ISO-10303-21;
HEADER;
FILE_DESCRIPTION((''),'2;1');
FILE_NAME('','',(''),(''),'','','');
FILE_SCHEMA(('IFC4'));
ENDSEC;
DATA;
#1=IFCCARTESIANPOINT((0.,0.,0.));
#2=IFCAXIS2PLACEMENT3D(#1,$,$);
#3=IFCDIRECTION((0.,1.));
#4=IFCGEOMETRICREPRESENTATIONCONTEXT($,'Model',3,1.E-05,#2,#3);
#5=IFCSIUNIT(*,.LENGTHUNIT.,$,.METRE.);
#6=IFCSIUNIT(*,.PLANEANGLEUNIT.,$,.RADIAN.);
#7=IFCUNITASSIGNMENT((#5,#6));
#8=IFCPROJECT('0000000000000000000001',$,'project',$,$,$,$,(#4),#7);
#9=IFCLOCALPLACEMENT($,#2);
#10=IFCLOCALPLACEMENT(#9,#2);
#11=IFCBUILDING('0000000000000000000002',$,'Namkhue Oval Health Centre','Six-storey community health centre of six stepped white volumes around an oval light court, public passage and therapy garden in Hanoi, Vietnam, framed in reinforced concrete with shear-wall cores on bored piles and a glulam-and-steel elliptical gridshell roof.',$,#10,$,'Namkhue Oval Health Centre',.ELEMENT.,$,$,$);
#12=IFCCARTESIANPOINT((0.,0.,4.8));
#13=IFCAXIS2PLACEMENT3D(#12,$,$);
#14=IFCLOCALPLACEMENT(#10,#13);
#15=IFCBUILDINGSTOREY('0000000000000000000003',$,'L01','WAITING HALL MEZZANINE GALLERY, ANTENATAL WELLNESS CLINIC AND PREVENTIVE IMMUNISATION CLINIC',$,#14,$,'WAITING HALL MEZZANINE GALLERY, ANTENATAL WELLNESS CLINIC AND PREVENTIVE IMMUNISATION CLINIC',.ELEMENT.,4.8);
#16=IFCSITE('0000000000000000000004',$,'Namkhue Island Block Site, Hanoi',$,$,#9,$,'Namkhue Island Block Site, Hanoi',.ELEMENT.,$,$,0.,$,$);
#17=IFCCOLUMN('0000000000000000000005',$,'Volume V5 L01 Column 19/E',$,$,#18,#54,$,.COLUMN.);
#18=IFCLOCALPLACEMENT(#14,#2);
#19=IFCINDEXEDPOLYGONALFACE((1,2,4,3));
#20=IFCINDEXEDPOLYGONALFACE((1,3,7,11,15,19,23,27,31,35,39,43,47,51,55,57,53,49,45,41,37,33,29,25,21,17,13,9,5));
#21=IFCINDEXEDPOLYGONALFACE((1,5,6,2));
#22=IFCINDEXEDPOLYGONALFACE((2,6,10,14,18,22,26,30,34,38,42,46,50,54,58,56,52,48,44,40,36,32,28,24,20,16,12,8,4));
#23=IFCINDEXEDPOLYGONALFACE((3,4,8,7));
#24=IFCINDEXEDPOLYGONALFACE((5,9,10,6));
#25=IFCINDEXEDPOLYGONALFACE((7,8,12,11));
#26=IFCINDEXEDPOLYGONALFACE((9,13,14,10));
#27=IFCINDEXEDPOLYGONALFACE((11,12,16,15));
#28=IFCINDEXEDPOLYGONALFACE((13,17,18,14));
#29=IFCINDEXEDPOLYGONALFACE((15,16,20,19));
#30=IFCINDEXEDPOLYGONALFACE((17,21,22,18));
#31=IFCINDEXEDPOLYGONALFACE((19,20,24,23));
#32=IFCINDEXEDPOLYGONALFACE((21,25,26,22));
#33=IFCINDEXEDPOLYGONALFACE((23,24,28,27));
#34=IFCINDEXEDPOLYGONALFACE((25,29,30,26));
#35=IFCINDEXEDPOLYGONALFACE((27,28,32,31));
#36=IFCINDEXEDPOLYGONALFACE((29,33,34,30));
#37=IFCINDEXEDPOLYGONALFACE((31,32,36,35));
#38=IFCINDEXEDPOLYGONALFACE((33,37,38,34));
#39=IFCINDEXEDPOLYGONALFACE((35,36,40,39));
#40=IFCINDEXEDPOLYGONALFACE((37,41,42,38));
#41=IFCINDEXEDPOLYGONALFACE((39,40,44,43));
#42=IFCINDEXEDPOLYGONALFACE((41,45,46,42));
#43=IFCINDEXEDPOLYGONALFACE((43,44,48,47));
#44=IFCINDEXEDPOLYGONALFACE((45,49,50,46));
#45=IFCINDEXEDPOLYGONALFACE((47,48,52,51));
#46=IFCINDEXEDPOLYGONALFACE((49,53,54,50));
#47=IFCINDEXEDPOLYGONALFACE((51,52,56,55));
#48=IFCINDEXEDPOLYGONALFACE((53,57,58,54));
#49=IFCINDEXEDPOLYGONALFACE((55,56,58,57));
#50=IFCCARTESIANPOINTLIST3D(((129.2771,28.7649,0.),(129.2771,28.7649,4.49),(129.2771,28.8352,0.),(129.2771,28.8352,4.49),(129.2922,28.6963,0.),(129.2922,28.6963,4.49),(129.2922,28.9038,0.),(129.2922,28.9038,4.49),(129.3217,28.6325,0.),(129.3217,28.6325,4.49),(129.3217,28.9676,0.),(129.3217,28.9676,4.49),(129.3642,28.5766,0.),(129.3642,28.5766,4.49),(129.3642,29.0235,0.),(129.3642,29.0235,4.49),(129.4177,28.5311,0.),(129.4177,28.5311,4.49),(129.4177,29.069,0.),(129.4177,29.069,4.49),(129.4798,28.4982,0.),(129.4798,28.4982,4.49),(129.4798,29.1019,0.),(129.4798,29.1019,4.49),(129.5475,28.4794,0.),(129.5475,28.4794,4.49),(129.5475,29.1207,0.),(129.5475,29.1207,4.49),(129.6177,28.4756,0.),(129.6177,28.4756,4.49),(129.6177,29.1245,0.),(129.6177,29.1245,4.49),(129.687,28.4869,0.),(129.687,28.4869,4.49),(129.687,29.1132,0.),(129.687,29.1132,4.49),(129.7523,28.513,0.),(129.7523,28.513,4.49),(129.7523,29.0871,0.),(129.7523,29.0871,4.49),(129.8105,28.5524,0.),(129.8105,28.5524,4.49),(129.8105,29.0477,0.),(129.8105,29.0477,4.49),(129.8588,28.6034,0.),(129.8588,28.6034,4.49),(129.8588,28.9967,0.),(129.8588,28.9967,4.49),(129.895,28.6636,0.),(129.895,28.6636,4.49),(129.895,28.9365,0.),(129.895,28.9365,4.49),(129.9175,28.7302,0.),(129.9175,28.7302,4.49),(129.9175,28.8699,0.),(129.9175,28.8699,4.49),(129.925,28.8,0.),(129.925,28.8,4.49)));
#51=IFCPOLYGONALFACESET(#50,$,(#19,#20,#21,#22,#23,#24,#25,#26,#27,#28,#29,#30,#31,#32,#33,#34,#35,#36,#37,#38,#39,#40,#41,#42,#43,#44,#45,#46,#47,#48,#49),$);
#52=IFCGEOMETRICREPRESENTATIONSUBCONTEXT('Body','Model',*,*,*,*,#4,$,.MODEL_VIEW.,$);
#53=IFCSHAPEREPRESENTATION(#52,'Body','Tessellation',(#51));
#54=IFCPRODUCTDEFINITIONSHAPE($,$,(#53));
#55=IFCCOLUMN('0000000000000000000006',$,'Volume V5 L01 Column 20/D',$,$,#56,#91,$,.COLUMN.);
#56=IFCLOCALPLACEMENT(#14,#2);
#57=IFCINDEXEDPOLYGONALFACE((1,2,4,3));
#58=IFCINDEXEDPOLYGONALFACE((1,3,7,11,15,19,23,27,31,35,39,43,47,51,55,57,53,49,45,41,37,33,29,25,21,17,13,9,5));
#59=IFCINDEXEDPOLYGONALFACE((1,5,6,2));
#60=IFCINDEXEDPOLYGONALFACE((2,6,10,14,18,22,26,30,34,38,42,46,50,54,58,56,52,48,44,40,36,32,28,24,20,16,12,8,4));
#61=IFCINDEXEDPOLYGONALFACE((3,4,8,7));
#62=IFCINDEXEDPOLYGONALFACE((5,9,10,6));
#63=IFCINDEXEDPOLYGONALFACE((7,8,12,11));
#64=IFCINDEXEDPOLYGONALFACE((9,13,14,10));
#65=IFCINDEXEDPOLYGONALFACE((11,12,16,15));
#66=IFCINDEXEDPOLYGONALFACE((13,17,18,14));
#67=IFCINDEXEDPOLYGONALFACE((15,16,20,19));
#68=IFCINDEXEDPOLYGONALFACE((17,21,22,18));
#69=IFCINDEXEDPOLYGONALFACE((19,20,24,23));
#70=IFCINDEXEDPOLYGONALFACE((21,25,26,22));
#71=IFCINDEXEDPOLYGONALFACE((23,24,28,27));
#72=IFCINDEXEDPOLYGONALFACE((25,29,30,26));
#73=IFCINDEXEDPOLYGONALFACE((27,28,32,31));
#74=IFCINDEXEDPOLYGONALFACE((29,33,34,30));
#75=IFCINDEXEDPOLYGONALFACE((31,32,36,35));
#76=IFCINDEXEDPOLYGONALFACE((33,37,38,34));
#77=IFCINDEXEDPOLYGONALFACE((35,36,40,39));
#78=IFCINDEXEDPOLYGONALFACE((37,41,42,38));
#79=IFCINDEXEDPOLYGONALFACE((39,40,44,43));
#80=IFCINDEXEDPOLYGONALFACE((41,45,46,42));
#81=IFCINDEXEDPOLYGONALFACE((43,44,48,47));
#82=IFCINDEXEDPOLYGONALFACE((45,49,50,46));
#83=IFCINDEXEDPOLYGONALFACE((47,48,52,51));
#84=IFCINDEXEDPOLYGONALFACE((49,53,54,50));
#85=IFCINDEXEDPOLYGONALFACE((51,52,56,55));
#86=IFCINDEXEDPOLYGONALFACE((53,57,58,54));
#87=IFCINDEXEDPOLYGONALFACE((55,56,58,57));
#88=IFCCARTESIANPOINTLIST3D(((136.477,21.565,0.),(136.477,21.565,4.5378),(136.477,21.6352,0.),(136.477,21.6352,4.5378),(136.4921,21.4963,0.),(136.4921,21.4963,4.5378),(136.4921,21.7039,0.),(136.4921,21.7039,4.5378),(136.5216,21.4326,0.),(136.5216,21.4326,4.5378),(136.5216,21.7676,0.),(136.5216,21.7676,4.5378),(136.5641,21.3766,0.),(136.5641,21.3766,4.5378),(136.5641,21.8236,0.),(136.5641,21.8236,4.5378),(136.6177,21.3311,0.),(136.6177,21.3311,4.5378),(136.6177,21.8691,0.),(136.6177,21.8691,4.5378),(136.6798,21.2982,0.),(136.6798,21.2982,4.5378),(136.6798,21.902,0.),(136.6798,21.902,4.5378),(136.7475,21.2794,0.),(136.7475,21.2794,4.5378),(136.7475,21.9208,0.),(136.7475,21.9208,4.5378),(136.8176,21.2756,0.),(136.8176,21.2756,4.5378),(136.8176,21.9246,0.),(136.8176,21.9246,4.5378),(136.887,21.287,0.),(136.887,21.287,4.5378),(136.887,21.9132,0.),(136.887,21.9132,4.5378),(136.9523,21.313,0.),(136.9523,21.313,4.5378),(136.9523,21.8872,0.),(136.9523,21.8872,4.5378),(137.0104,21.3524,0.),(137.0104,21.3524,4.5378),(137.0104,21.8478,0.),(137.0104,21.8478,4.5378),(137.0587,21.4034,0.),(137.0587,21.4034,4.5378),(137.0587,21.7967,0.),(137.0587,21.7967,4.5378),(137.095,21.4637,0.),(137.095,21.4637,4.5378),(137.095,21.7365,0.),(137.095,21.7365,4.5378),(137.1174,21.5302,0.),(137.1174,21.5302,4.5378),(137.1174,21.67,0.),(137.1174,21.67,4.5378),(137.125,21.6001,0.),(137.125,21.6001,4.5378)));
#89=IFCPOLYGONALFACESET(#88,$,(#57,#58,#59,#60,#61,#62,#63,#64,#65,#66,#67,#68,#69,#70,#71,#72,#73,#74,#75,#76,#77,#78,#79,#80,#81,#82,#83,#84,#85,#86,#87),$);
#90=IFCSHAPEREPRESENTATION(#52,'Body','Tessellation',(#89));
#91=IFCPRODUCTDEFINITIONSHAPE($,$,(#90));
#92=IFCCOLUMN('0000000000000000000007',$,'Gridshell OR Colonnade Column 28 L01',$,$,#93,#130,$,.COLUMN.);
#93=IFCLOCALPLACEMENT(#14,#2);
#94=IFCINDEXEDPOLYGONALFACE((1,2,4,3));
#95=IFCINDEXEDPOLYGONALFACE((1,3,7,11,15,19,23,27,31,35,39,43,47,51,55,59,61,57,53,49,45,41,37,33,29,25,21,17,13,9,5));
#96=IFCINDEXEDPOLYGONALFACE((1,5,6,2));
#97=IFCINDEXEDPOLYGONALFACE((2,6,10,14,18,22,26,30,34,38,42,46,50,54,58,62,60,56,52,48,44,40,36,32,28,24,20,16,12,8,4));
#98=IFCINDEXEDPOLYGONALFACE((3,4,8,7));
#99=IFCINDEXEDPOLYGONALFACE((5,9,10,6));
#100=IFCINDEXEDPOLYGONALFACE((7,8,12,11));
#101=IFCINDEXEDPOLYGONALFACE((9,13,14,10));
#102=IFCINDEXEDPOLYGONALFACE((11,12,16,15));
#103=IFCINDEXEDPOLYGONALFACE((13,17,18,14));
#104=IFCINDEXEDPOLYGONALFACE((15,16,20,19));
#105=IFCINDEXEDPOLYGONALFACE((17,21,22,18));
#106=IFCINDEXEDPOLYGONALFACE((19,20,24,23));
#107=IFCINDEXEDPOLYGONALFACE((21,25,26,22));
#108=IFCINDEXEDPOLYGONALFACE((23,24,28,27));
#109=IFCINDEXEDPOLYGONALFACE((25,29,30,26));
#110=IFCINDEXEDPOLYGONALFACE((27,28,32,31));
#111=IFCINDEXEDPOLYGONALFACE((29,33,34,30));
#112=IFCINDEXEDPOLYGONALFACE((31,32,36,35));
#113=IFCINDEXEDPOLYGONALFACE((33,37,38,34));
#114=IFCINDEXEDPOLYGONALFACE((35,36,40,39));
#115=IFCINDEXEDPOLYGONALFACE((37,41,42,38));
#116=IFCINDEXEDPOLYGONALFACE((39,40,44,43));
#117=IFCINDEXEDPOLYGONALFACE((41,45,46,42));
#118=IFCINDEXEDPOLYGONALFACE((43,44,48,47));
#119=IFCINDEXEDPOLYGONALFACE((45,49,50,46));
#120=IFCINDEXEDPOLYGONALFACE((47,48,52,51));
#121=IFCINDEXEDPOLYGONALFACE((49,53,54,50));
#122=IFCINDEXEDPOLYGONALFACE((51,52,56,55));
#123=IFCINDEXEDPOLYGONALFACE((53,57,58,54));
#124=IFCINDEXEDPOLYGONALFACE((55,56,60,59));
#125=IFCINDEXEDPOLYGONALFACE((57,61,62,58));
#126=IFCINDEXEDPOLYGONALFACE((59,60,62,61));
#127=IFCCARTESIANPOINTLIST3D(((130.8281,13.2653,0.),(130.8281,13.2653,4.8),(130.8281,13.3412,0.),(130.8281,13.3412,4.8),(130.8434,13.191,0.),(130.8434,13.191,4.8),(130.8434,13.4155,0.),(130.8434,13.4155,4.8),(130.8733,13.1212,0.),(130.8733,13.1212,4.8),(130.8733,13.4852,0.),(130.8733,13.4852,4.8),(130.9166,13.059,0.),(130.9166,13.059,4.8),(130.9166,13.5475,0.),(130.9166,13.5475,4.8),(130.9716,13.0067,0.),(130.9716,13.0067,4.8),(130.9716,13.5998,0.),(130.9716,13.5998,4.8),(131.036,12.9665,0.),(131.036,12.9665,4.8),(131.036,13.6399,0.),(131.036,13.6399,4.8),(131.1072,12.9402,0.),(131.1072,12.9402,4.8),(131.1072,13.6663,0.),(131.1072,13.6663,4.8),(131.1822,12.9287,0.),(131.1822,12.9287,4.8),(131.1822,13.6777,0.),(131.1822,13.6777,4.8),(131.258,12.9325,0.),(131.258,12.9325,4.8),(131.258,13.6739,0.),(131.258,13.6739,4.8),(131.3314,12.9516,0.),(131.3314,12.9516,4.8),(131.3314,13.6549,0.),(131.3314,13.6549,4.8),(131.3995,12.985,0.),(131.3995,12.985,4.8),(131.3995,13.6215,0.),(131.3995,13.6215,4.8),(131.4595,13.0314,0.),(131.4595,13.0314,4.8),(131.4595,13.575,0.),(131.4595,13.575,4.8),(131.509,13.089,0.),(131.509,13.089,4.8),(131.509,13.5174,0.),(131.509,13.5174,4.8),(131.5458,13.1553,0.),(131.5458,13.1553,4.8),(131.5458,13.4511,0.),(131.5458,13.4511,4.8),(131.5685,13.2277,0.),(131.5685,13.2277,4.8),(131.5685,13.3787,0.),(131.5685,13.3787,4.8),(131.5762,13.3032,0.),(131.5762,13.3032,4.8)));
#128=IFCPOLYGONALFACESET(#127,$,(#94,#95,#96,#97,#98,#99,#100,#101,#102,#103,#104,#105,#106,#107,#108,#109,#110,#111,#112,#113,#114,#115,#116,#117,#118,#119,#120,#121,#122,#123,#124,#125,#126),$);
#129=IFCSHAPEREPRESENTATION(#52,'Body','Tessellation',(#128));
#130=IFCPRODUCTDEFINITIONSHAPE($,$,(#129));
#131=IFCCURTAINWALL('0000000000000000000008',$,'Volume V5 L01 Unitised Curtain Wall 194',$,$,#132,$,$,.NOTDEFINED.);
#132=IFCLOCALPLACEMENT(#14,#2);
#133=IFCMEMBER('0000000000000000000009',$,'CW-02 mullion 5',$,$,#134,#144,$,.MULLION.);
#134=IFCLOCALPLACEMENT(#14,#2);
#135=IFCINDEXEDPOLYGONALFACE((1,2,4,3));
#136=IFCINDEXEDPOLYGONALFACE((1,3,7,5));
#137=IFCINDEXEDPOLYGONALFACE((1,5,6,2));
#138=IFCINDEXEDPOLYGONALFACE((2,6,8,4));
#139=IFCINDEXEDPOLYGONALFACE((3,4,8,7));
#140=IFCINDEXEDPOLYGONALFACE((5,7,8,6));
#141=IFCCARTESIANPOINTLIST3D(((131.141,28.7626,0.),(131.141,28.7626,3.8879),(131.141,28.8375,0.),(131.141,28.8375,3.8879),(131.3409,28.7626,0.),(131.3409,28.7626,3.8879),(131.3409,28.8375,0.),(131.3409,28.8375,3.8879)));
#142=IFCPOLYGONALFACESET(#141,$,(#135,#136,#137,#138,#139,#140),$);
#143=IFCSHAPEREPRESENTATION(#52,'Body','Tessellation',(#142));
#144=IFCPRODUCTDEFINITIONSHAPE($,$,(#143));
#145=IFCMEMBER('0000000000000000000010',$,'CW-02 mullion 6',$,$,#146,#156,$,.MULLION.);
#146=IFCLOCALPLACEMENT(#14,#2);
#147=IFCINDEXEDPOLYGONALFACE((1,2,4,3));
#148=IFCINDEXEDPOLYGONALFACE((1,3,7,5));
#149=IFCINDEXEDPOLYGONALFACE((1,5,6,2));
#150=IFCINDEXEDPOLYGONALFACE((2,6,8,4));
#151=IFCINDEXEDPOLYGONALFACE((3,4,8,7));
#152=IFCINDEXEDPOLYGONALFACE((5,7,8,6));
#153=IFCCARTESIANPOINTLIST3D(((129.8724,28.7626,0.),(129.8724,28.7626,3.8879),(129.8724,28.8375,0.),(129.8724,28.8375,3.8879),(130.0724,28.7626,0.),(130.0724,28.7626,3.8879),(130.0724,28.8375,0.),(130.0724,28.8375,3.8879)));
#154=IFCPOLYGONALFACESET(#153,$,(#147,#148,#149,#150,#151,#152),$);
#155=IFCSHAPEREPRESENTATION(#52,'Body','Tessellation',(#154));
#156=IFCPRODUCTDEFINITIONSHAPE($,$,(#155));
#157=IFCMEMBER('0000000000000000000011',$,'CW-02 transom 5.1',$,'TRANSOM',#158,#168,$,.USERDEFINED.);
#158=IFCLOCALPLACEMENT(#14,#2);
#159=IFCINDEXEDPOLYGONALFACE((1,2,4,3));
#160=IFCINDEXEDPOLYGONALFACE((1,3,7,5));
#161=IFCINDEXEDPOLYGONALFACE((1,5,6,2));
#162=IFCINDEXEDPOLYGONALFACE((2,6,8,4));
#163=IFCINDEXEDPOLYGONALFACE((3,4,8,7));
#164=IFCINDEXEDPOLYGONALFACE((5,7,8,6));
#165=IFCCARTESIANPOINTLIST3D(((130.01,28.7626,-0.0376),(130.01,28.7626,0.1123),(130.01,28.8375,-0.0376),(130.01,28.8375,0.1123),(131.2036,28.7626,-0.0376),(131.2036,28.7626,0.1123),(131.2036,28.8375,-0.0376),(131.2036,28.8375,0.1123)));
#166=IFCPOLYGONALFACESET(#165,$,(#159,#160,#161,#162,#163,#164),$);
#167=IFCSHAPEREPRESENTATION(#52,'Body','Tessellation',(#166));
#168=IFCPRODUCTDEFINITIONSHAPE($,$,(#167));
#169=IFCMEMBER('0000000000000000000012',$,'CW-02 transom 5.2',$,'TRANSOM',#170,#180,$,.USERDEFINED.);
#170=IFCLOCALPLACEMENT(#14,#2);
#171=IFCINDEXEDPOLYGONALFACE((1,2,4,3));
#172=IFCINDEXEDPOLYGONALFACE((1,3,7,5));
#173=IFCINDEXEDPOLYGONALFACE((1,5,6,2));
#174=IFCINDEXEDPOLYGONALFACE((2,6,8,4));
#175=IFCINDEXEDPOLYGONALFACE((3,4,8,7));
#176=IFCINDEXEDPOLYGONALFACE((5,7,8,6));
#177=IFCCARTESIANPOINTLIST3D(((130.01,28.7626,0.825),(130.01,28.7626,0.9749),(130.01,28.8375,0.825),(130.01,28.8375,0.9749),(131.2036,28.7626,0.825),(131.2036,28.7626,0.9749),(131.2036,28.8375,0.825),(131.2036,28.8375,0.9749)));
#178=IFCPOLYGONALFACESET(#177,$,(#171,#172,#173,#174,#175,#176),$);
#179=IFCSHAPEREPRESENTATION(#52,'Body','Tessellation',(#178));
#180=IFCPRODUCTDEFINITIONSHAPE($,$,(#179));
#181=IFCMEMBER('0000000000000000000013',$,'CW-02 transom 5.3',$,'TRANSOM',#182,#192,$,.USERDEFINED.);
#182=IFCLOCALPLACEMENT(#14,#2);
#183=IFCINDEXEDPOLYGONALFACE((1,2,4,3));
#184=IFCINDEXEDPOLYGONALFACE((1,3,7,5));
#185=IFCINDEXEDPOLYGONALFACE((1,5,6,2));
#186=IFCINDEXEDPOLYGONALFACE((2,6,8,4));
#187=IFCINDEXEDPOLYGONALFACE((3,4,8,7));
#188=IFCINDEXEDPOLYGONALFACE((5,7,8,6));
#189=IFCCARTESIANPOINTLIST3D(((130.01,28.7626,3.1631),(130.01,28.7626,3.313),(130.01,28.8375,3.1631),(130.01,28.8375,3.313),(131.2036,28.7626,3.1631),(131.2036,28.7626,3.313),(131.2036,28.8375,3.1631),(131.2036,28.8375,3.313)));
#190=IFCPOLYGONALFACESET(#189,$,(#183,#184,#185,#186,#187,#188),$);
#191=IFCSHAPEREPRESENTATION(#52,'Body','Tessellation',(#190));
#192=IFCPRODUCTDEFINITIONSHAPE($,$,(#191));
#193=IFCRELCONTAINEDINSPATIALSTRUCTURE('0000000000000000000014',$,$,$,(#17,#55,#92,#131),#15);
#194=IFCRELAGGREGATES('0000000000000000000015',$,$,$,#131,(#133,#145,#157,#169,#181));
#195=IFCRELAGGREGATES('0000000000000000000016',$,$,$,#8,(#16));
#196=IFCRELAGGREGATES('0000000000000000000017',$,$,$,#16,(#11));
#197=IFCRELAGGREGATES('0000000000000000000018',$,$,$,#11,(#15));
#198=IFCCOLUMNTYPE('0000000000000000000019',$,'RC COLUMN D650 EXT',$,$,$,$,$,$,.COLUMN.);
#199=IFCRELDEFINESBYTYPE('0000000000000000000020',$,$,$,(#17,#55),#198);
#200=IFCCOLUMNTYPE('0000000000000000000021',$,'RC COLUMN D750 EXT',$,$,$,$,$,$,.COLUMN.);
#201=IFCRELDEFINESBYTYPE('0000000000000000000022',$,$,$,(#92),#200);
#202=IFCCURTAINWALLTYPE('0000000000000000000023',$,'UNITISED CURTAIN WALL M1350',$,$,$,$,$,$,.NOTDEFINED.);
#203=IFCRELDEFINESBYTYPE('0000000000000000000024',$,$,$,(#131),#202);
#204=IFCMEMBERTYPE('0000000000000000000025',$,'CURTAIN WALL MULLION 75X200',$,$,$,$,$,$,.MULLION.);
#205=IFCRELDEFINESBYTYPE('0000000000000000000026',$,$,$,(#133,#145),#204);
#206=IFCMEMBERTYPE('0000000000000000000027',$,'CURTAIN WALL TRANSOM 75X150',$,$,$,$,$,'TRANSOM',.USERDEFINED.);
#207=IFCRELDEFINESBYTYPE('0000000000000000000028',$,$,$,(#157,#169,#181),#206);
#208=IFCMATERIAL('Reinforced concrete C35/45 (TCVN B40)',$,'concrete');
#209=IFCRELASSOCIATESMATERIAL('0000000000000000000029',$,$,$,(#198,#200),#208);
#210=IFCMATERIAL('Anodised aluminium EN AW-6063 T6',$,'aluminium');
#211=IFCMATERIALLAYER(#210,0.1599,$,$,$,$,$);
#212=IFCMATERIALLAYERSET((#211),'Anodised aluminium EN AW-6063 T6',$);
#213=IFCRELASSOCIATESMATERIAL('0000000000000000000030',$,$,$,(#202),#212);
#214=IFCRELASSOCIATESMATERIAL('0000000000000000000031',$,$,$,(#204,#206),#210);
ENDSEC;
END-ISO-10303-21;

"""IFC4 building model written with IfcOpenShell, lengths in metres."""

from ifc_helpers import new_model, si_unit, direction, frame, origin, origin_2d, place, context, subcontext, project, spatial, rectangle, circle, extrude, material, layer, layer_set, material_profile, profile_set, type_object, element, aggregate, save


model = new_model("IFC4")

# Units and contexts
model_context = context("Model", 3, precision=1e-05, world=origin(), true_north=direction((0.0, 1.0)))
body_context = subcontext(model_context, "Body", "Model", "MODEL_VIEW")
ifc_project = project(units=[si_unit("LENGTHUNIT", "METRE"), si_unit("PLANEANGLEUNIT", "RADIAN")], contexts=[model_context])

# Site, building, storey
site_placement = place(None, origin())
site = spatial("IfcSite", under=ifc_project, at=site_placement, Name="Namkhue Island Block Site, Hanoi", LongName="Namkhue Island Block Site, Hanoi", CompositionType="ELEMENT", RefElevation=0.0)
building_placement = place(site_placement, origin())
building = spatial("IfcBuilding", under=site, at=building_placement, Name="Namkhue Oval Health Centre", Description="Six-storey community health centre of six stepped white volumes around an oval light court, public passage and therapy garden in Hanoi, Vietnam, framed in reinforced concrete with shear-wall cores on bored piles and a glulam-and-steel elliptical gridshell roof.", LongName="Namkhue Oval Health Centre", CompositionType="ELEMENT")
storey_placement = place(building_placement, frame((0.0, 0.0, 4.8)))
storey = spatial("IfcBuildingStorey", under=building, at=storey_placement, Name="L01", Description="WAITING HALL MEZZANINE GALLERY, ANTENATAL WELLNESS CLINIC AND PREVENTIVE IMMUNISATION CLINIC", LongName="WAITING HALL MEZZANINE GALLERY, ANTENATAL WELLNESS CLINIC AND PREVENTIVE IMMUNISATION CLINIC", CompositionType="ELEMENT", Elevation=4.8)

# Columns
ifc_material_1 = material(Name="Reinforced concrete C35/45 (TCVN B40)", Category="concrete")
ifc_material_profile_1 = material_profile(ifc_material_1, circle(Radius=0.325, at=origin_2d()), Name="RC D650")
ifc_profile_set_1 = profile_set([ifc_material_profile_1], Name="Reinforced concrete C35/45 (TCVN B40)")
column_type_1 = type_object("IfcColumnType", Name="RC COLUMN D650 EXT", PredefinedType="COLUMN", material=ifc_profile_set_1)
column_1_placement = place(storey_placement, frame((129.6001, 28.8, 0.0), z_axis=(0.0, 0.0, 1.0), x_axis=(1.0, 0.0, 0.0)))
element("IfcColumn", 1, at=column_1_placement, inside=storey, type_object=column_type_1, Name="Volume V5 L01 Column 19/E", PredefinedType="COLUMN", context=body_context, shape_type="SweptSolid", body=[
    extrude(circle(Radius=0.325, at=origin_2d()), origin(), (0.0, 0.0, 1.0), 4.49),
])
column_2_placement = place(storey_placement, frame((136.8, 21.6001, 0.0), z_axis=(0.0, 0.0, 1.0), x_axis=(1.0, 0.0, 0.0)))
element("IfcColumn", 2, at=column_2_placement, inside=storey, type_object=column_type_1, Name="Volume V5 L01 Column 20/D", PredefinedType="COLUMN", context=body_context, shape_type="SweptSolid", body=[
    extrude(circle(Radius=0.325, at=origin_2d()), origin(), (0.0, 0.0, 1.0), 4.5378),
])
ifc_material_profile_2 = material_profile(ifc_material_1, circle(Radius=0.375, at=origin_2d()), Name="RC D750")
ifc_profile_set_2 = profile_set([ifc_material_profile_2], Name="Reinforced concrete C35/45 (TCVN B40)")
column_type_2 = type_object("IfcColumnType", Name="RC COLUMN D750 EXT", PredefinedType="COLUMN", material=ifc_profile_set_2)
column_3_placement = place(storey_placement, frame((131.2012, 13.3032, 0.0), z_axis=(0.0, 0.0, 1.0), x_axis=(1.0, 0.0, 0.0)))
element("IfcColumn", 3, at=column_3_placement, inside=storey, type_object=column_type_2, Name="Gridshell OR Colonnade Column 28 L01", PredefinedType="COLUMN", context=body_context, shape_type="SweptSolid", body=[
    extrude(circle(Radius=0.375, at=origin_2d()), origin(), (0.0, 0.0, 1.0), 4.8),
])

# Curtain wall, members
ifc_material_2 = material(Name="Anodised aluminium EN AW-6063 T6", Category="aluminium")
ifc_layer_1 = layer(ifc_material_2, 0.1599)
ifc_layer_set_1 = layer_set([ifc_layer_1], Name="Anodised aluminium EN AW-6063 T6")
curtain_wall_type = type_object("IfcCurtainWallType", Name="UNITISED CURTAIN WALL M1350", PredefinedType="NOTDEFINED", material=ifc_layer_set_1)
curtain_wall_placement = place(storey_placement, origin())
curtain_wall = element("IfcCurtainWall", 4, at=curtain_wall_placement, inside=storey, type_object=curtain_wall_type, Name="Volume V5 L01 Unitised Curtain Wall 194", PredefinedType="NOTDEFINED")
ifc_material_profile_3 = material_profile(ifc_material_2, rectangle(XDim=0.075, YDim=0.2, at=origin_2d()), Name="ALU 75x200")
ifc_profile_set_3 = profile_set([ifc_material_profile_3], Name="Anodised aluminium EN AW-6063 T6")
member_type_1 = type_object("IfcMemberType", Name="CURTAIN WALL MULLION 75X200", PredefinedType="MULLION", material=ifc_profile_set_3)
member_1_placement = place(storey_placement, frame((131.241, 28.8, 0.0), z_axis=(0.0, 0.0, 1.0), x_axis=(0.0, -1.0, 0.0)))
member_1 = element("IfcMember", 5, at=member_1_placement, type_object=member_type_1, Name="CW-02 mullion 5", PredefinedType="MULLION", context=body_context, shape_type="SweptSolid", body=[
    extrude(rectangle(XDim=0.075, YDim=0.2, at=origin_2d()), origin(), (0.0, 0.0, 1.0), 3.8879),
])
member_2_placement = place(storey_placement, frame((129.9724, 28.8, 0.0), z_axis=(0.0, 0.0, 1.0), x_axis=(0.0, -1.0, 0.0)))
member_2 = element("IfcMember", 6, at=member_2_placement, type_object=member_type_1, Name="CW-02 mullion 6", PredefinedType="MULLION", context=body_context, shape_type="SweptSolid", body=[
    extrude(rectangle(XDim=0.075, YDim=0.2, at=origin_2d()), origin(), (0.0, 0.0, 1.0), 3.8879),
])
ifc_material_profile_4 = material_profile(ifc_material_2, rectangle(XDim=0.075, YDim=0.1499, at=origin_2d()), Name="ALU 75x150")
ifc_profile_set_4 = profile_set([ifc_material_profile_4], Name="Anodised aluminium EN AW-6063 T6")
member_type_2 = type_object("IfcMemberType", Name="CURTAIN WALL TRANSOM 75X150", ElementType="TRANSOM", PredefinedType="USERDEFINED", material=ifc_profile_set_4)
member_3_placement = place(storey_placement, frame((131.2036, 28.8, 0.0374), z_axis=(-1.0, 0.0, 0.0), x_axis=(0.0, -1.0, 0.0)))
member_3 = element("IfcMember", 7, at=member_3_placement, type_object=member_type_2, Name="CW-02 transom 5.1", ObjectType="TRANSOM", PredefinedType="USERDEFINED", context=body_context, shape_type="SweptSolid", body=[
    extrude(rectangle(XDim=0.075, YDim=0.1499, at=origin_2d()), origin(), (0.0, 0.0, 1.0), 1.1936),
])
member_4_placement = place(storey_placement, frame((131.2036, 28.8, 0.8999), z_axis=(-1.0, 0.0, 0.0), x_axis=(0.0, -1.0, 0.0)))
member_4 = element("IfcMember", 8, at=member_4_placement, type_object=member_type_2, Name="CW-02 transom 5.2", ObjectType="TRANSOM", PredefinedType="USERDEFINED", context=body_context, shape_type="SweptSolid", body=[
    extrude(rectangle(XDim=0.075, YDim=0.1499, at=origin_2d()), origin(), (0.0, 0.0, 1.0), 1.1936),
])
member_5_placement = place(storey_placement, frame((131.2036, 28.8, 3.238), z_axis=(-1.0, 0.0, 0.0), x_axis=(0.0, -1.0, 0.0)))
member_5 = element("IfcMember", 9, at=member_5_placement, type_object=member_type_2, Name="CW-02 transom 5.3", ObjectType="TRANSOM", PredefinedType="USERDEFINED", context=body_context, shape_type="SweptSolid", body=[
    extrude(rectangle(XDim=0.075, YDim=0.1499, at=origin_2d()), origin(), (0.0, 0.0, 1.0), 1.1936),
])

aggregate(curtain_wall, [member_1, member_2, member_3, member_4, member_5])

save(model, "model.ifc")
